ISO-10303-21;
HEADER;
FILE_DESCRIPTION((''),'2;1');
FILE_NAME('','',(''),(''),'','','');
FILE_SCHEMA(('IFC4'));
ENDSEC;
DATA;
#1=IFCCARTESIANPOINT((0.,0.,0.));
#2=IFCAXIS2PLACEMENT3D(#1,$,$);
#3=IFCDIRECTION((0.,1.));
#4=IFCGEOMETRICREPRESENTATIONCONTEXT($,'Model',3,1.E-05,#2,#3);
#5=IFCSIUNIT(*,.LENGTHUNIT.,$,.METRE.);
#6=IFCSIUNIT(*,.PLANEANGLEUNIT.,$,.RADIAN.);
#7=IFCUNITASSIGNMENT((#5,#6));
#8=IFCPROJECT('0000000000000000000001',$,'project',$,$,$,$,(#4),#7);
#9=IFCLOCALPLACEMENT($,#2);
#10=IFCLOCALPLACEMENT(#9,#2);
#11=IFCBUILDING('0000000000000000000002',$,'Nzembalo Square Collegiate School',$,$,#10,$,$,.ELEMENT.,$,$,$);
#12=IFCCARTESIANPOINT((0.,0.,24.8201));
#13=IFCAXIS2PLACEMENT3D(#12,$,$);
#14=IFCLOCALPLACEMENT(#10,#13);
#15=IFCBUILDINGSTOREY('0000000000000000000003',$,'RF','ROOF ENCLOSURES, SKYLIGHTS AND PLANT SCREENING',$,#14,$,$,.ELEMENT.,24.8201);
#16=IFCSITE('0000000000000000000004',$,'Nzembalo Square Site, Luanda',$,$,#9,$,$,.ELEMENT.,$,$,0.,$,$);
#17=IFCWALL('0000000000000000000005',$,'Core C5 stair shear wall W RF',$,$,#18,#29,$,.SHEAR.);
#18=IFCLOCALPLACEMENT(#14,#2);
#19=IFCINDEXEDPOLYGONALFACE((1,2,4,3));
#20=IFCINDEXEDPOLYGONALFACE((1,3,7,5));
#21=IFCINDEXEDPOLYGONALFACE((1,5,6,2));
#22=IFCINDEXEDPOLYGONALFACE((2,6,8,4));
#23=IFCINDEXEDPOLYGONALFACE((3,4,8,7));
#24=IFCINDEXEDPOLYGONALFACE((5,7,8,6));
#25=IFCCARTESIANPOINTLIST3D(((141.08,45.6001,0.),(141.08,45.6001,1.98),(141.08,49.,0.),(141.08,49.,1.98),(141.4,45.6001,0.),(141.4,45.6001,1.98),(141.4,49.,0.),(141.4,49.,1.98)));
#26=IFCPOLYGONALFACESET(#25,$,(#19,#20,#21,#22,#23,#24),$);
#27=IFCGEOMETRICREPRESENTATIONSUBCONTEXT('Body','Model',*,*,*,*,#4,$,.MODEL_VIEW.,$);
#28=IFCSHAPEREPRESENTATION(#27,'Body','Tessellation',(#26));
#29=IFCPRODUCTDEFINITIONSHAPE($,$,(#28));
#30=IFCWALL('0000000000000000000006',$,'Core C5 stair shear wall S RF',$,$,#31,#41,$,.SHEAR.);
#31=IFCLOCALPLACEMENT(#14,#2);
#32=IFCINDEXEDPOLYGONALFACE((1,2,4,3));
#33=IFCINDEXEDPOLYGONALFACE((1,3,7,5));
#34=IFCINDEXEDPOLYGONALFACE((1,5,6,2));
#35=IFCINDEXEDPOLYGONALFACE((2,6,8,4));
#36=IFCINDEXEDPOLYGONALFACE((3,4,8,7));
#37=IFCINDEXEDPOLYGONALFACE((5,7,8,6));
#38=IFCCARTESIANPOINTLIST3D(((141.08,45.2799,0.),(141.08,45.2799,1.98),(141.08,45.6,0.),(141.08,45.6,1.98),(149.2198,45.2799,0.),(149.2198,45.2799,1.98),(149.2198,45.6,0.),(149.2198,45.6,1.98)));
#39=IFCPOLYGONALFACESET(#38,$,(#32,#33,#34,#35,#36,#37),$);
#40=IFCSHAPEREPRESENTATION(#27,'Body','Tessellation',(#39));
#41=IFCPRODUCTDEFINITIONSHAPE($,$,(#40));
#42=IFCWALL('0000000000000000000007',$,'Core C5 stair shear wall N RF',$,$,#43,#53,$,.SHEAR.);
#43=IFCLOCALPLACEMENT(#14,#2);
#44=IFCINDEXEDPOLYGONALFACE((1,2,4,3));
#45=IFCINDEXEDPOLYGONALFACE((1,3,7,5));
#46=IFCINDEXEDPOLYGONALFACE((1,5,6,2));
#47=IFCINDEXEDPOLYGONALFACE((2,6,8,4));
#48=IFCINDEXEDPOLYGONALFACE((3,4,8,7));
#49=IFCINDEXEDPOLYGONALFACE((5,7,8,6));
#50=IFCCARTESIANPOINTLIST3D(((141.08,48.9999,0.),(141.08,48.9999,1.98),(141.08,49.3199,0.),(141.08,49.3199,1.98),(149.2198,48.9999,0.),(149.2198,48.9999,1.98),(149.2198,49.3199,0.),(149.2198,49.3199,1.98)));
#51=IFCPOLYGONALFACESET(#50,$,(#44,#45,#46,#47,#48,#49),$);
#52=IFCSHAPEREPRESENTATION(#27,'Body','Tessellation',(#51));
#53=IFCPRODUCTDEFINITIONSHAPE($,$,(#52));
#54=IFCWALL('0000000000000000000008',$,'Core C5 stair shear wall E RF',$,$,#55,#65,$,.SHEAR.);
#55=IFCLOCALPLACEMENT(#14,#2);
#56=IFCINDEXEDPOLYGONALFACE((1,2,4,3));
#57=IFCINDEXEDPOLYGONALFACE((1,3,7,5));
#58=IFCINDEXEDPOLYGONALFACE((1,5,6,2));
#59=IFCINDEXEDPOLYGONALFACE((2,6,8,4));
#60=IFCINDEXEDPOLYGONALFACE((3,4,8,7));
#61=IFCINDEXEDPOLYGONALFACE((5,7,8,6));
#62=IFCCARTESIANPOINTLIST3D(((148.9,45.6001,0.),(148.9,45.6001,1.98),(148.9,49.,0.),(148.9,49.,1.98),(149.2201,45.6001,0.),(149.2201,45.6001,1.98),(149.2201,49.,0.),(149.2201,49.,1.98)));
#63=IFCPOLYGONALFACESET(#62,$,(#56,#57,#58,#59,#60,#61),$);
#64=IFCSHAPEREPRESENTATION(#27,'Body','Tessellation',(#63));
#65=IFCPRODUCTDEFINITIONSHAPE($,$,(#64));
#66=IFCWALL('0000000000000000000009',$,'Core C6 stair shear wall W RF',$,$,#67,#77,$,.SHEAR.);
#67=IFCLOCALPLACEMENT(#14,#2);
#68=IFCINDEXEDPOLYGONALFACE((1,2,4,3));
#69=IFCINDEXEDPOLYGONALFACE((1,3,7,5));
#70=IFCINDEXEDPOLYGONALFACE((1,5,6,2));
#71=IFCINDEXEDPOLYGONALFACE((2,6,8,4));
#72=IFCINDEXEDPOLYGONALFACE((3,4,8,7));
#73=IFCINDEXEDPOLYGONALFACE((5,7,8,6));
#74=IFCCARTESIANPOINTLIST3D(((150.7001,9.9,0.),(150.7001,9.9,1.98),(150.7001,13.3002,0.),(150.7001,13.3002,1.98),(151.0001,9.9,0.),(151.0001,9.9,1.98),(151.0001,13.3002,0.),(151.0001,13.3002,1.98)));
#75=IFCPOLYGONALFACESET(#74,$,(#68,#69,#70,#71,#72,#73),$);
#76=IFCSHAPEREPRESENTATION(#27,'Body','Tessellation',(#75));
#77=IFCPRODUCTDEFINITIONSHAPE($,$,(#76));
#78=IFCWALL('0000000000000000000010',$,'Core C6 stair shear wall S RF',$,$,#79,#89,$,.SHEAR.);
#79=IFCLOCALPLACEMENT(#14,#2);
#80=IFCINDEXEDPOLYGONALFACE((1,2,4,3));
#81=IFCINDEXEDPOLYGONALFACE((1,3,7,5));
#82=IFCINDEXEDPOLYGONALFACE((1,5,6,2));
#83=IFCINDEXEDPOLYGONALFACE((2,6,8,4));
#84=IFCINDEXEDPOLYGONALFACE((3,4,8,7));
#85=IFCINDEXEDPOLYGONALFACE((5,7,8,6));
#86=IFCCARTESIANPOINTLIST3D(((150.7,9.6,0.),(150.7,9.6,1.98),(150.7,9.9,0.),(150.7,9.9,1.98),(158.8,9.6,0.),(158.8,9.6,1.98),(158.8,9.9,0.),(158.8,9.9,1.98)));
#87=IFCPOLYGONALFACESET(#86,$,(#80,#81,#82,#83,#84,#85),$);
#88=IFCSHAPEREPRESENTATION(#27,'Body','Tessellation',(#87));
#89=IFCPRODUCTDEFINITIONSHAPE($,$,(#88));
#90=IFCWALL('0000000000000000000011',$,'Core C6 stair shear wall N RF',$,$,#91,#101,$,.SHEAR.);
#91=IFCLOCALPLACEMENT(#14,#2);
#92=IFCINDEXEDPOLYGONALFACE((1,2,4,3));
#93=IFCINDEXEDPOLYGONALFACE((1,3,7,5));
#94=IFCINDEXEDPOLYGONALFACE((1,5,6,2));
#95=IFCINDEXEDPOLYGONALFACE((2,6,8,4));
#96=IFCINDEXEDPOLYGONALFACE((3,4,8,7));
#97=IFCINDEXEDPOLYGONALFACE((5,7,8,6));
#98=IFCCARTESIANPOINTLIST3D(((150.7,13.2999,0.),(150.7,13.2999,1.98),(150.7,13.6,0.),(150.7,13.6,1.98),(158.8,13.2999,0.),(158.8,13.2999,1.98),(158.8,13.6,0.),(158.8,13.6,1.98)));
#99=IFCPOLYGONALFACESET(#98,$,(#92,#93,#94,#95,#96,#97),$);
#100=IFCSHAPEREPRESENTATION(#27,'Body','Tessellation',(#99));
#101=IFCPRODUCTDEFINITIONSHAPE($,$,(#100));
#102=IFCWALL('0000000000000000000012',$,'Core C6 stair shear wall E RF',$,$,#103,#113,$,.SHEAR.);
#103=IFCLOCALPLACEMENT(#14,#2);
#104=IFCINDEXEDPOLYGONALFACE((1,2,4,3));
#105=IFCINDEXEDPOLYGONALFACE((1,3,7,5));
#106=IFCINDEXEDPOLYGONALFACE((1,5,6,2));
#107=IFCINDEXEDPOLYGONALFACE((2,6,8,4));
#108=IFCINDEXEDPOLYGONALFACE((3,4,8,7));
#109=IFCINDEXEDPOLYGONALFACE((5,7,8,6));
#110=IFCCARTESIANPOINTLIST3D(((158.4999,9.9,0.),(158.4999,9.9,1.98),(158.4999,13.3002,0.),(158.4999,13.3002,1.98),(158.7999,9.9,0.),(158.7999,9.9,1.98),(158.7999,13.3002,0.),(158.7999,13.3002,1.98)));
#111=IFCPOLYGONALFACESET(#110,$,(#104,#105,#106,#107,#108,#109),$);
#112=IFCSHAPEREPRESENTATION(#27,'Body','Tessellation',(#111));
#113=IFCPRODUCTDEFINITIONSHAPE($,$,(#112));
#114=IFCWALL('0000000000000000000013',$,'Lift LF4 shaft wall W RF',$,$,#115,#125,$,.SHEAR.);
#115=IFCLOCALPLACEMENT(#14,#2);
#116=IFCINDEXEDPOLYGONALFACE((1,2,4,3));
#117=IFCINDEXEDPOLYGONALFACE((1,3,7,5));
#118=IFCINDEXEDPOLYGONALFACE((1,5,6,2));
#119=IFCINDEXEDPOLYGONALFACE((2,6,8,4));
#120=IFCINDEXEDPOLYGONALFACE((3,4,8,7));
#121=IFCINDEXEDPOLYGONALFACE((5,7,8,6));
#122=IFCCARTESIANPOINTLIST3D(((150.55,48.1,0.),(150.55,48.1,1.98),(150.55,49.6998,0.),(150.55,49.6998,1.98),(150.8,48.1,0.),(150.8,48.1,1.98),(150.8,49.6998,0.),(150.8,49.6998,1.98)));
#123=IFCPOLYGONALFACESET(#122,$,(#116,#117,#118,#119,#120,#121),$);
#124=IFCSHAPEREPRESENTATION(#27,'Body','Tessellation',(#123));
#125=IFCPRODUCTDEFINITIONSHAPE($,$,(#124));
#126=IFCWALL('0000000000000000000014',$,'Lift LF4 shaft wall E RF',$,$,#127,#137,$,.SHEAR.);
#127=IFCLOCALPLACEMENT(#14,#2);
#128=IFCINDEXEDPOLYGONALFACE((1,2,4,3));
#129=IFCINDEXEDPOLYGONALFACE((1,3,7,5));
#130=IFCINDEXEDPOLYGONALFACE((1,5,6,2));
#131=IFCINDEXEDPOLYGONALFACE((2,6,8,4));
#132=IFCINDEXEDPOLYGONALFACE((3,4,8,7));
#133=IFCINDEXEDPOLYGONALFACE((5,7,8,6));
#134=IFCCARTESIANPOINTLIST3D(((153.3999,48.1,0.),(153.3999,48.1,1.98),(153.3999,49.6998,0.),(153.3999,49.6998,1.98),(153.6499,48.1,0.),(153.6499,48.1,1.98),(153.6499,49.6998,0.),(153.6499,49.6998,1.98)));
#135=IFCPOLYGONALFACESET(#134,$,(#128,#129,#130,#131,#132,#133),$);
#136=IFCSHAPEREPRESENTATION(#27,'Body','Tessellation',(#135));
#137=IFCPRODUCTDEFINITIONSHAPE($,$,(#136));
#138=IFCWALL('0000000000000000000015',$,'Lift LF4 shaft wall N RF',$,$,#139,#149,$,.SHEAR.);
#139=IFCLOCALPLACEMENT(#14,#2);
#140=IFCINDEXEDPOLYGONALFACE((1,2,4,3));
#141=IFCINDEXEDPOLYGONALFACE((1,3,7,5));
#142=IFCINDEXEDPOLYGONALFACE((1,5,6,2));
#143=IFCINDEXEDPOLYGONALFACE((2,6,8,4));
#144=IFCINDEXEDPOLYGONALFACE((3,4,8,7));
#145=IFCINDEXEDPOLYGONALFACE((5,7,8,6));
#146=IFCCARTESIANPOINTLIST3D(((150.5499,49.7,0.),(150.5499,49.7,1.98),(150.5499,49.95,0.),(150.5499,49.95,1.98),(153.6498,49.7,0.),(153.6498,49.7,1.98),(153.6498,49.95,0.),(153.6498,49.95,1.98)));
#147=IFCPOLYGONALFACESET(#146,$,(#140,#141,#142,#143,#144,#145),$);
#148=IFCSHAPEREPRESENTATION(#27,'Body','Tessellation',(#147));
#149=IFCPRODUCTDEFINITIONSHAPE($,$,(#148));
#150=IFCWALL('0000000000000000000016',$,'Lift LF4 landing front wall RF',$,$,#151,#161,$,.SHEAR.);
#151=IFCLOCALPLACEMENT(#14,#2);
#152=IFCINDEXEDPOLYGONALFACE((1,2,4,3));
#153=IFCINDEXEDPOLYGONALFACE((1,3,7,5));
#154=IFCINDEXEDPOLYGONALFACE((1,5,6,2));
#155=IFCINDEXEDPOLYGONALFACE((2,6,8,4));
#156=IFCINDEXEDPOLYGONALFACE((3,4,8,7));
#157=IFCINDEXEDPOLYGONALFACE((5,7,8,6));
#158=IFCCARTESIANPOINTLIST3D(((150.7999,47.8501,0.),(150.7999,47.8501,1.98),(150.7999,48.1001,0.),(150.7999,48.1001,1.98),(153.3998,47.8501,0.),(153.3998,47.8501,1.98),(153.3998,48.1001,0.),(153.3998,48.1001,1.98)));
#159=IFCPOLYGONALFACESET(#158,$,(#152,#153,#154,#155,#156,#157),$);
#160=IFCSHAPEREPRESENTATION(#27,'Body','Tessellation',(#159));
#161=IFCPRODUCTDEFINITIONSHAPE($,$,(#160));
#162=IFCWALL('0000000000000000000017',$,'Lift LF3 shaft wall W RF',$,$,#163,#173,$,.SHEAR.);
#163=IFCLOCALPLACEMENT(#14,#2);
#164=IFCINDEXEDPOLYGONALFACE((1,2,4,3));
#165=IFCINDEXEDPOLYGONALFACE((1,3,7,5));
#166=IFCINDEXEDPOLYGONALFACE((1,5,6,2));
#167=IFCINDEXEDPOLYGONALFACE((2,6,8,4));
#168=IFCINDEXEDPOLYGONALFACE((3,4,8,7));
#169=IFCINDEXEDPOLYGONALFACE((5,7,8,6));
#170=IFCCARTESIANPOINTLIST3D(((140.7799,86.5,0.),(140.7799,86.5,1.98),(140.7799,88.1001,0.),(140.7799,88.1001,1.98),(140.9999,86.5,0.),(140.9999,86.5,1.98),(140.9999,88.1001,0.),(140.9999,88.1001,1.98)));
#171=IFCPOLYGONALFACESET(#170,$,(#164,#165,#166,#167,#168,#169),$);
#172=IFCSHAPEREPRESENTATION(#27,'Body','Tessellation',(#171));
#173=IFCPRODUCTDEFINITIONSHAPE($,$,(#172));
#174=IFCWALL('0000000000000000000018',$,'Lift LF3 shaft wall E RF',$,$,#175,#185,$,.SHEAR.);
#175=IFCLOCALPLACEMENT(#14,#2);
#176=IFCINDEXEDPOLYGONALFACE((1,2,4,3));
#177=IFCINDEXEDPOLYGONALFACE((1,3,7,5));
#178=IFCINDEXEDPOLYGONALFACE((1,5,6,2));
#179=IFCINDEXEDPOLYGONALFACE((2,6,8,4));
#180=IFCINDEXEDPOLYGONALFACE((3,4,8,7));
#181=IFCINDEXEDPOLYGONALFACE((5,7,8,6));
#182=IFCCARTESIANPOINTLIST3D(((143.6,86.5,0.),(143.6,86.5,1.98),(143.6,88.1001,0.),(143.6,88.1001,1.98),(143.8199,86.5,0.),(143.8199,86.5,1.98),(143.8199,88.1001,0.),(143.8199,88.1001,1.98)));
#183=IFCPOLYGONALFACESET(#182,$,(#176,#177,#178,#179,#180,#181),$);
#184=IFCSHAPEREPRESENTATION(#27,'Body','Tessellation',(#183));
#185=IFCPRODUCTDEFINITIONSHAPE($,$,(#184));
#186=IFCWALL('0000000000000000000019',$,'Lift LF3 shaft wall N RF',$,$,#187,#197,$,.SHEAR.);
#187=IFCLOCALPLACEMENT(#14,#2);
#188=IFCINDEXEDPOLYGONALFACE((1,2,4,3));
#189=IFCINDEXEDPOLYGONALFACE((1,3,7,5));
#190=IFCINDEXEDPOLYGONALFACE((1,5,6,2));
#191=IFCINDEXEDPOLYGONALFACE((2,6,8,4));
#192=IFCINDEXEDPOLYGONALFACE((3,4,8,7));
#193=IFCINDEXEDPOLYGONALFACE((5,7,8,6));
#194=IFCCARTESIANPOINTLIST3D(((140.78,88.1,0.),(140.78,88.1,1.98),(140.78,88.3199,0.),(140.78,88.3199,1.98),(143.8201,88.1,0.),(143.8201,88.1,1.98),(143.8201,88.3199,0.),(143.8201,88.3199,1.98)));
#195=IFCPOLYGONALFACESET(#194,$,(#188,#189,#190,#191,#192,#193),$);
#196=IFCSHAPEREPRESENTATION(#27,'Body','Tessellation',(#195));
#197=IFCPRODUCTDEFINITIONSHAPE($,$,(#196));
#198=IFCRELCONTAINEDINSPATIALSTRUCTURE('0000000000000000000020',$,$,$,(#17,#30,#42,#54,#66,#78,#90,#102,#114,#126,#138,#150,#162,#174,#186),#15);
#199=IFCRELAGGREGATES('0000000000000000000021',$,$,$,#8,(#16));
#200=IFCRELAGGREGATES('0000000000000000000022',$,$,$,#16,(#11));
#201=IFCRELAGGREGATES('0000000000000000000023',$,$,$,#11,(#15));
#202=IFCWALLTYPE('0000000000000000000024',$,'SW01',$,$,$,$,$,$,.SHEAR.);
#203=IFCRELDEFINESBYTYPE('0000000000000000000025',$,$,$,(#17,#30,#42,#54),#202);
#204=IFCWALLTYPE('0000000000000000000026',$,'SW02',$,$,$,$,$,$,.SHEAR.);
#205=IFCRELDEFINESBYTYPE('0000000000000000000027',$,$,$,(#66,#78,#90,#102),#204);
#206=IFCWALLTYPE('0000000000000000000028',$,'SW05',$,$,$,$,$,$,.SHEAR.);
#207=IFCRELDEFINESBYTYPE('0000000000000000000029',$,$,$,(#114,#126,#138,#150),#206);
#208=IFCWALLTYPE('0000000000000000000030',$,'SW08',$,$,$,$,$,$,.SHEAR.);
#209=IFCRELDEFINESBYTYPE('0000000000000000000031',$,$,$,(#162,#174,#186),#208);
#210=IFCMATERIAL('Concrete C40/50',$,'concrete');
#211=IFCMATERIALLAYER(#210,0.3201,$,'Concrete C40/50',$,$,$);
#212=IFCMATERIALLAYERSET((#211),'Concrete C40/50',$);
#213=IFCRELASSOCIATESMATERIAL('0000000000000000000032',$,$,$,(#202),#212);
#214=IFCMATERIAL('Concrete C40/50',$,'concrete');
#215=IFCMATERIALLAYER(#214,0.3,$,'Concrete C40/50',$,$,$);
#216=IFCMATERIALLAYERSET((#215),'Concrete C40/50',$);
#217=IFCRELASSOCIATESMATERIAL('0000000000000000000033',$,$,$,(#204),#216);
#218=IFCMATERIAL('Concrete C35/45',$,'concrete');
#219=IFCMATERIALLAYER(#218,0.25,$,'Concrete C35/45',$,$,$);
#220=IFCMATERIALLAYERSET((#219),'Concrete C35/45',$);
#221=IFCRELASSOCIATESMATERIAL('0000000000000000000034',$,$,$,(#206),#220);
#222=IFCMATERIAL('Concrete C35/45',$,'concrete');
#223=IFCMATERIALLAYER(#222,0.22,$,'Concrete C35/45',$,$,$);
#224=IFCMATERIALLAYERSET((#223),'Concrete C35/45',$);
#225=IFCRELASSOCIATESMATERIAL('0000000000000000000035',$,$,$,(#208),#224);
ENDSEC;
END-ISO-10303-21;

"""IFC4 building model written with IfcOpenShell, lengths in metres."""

from ifc_helpers import new_model, si_unit, direction, frame, frame_2d, origin, place, context, subcontext, project, spatial, rectangle, extrude, material, layer, layer_set, type_object, element, save


model = new_model("IFC4")

# Units and contexts
model_context = context("Model", 3, precision=1e-05, world=origin(), true_north=direction((0.0, 1.0)))
body_context = subcontext(model_context, "Body", "Model", "MODEL_VIEW")
ifc_project = project(units=[si_unit("LENGTHUNIT", "METRE"), si_unit("PLANEANGLEUNIT", "RADIAN")], contexts=[model_context])

# Site, building, storey
site_placement = place(None, origin())
site = spatial("IfcSite", under=ifc_project, at=site_placement, Name="Nzembalo Square Site, Luanda", CompositionType="ELEMENT", RefElevation=0.0)
building_placement = place(site_placement, origin())
building = spatial("IfcBuilding", under=site, at=building_placement, Name="Nzembalo Square Collegiate School", CompositionType="ELEMENT")
storey_placement = place(building_placement, frame((0.0, 0.0, 24.8201)))
storey = spatial("IfcBuildingStorey", under=building, at=storey_placement, Name="RF", Description="ROOF ENCLOSURES, SKYLIGHTS AND PLANT SCREENING", CompositionType="ELEMENT", Elevation=24.8201)

# Walls
ifc_material_1 = material(Name="Concrete C40/50", Category="concrete")
ifc_layer_1 = layer(ifc_material_1, 0.3201, Name="Concrete C40/50")
ifc_layer_set_1 = layer_set([ifc_layer_1], Name="Concrete C40/50")
wall_type_1 = type_object("IfcWallType", Name="SW01", PredefinedType="SHEAR", material=ifc_layer_set_1)
wall_1_placement = place(storey_placement, frame((141.24, 45.6001, 0.0), z_axis=(0.0, 0.0, 1.0), x_axis=(0.0, 1.0, 0.0)))
element("IfcWall", 1, at=wall_1_placement, inside=storey, type_object=wall_type_1, Name="Core C5 stair shear wall W RF", PredefinedType="SHEAR", context=body_context, shape_type="SweptSolid", body=[
    extrude(rectangle(XDim=3.3999, YDim=0.3201, at=frame_2d((1.7, 0.0))), origin(), (0.0, 0.0, 1.0), 1.98),
])
for number, where, z_axis, x_axis, name in (
    (2, (141.0801, 45.4399, 0.0), (0.0, 0.0, 1.0), (1.0, 0.0, 0.0), "Core C5 stair shear wall S RF"),
    (3, (141.0801, 49.1599, 0.0), (0.0, 0.0, 1.0), (1.0, 0.0, 0.0), "Core C5 stair shear wall N RF"),
):
    element("IfcWall", number, at=place(storey_placement, frame(where, z_axis=z_axis, x_axis=x_axis)), inside=storey, type_object=wall_type_1, Name=name, PredefinedType="SHEAR", context=body_context, shape_type="SweptSolid", body=[
        extrude(rectangle(XDim=8.1399, YDim=0.3201, at=frame_2d((4.0698, 0.0))), origin(), (0.0, 0.0, 1.0), 1.98),
    ])
wall_2_placement = place(storey_placement, frame((149.0601, 45.6001, 0.0), z_axis=(0.0, 0.0, 1.0), x_axis=(0.0, 1.0, 0.0)))
element("IfcWall", 4, at=wall_2_placement, inside=storey, type_object=wall_type_1, Name="Core C5 stair shear wall E RF", PredefinedType="SHEAR", context=body_context, shape_type="SweptSolid", body=[
    extrude(rectangle(XDim=3.3999, YDim=0.3201, at=frame_2d((1.7, 0.0))), origin(), (0.0, 0.0, 1.0), 1.98),
])
ifc_material_2 = material(Name="Concrete C40/50", Category="concrete")
ifc_layer_2 = layer(ifc_material_2, 0.3, Name="Concrete C40/50")
ifc_layer_set_2 = layer_set([ifc_layer_2], Name="Concrete C40/50")
wall_type_2 = type_object("IfcWallType", Name="SW02", PredefinedType="SHEAR", material=ifc_layer_set_2)
wall_3_placement = place(storey_placement, frame((150.8501, 9.8999, 0.0), z_axis=(0.0, 0.0, 1.0), x_axis=(0.0, 1.0, 0.0)))
element("IfcWall", 5, at=wall_3_placement, inside=storey, type_object=wall_type_2, Name="Core C6 stair shear wall W RF", PredefinedType="SHEAR", context=body_context, shape_type="SweptSolid", body=[
    extrude(rectangle(XDim=3.4001, YDim=0.3, at=frame_2d((1.7002, 0.0))), origin(), (0.0, 0.0, 1.0), 1.98),
])
for number, where, z_axis, x_axis, name in (
    (6, (150.7, 9.75, 0.0), (0.0, 0.0, 1.0), (1.0, 0.0, 0.0), "Core C6 stair shear wall S RF"),
    (7, (150.7, 13.45, 0.0), (0.0, 0.0, 1.0), (1.0, 0.0, 0.0), "Core C6 stair shear wall N RF"),
):
    element("IfcWall", number, at=place(storey_placement, frame(where, z_axis=z_axis, x_axis=x_axis)), inside=storey, type_object=wall_type_2, Name=name, PredefinedType="SHEAR", context=body_context, shape_type="SweptSolid", body=[
        extrude(rectangle(XDim=8.1001, YDim=0.3, at=frame_2d((4.05, 0.0))), origin(), (0.0, 0.0, 1.0), 1.98),
    ])
wall_4_placement = place(storey_placement, frame((158.6499, 9.8999, 0.0), z_axis=(0.0, 0.0, 1.0), x_axis=(0.0, 1.0, 0.0)))
element("IfcWall", 8, at=wall_4_placement, inside=storey, type_object=wall_type_2, Name="Core C6 stair shear wall E RF", PredefinedType="SHEAR", context=body_context, shape_type="SweptSolid", body=[
    extrude(rectangle(XDim=3.4001, YDim=0.3, at=frame_2d((1.7002, 0.0))), origin(), (0.0, 0.0, 1.0), 1.98),
])
ifc_material_3 = material(Name="Concrete C35/45", Category="concrete")
ifc_layer_3 = layer(ifc_material_3, 0.25, Name="Concrete C35/45")
ifc_layer_set_3 = layer_set([ifc_layer_3], Name="Concrete C35/45")
wall_type_3 = type_object("IfcWallType", Name="SW05", PredefinedType="SHEAR", material=ifc_layer_set_3)
for number, where, z_axis, x_axis, name in (
    (9, (150.675, 48.1001, 0.0), (0.0, 0.0, 1.0), (0.0, 1.0, 0.0), "Lift LF4 shaft wall W RF"),
    (10, (153.5249, 48.1001, 0.0), (0.0, 0.0, 1.0), (0.0, 1.0, 0.0), "Lift LF4 shaft wall E RF"),
):
    element("IfcWall", number, at=place(storey_placement, frame(where, z_axis=z_axis, x_axis=x_axis)), inside=storey, type_object=wall_type_3, Name=name, PredefinedType="SHEAR", context=body_context, shape_type="SweptSolid", body=[
        extrude(rectangle(XDim=1.5999, YDim=0.25, at=frame_2d((0.7998, 0.0))), origin(), (0.0, 0.0, 1.0), 1.98),
    ])
wall_5_placement = place(storey_placement, frame((150.55, 49.825, 0.0), z_axis=(0.0, 0.0, 1.0), x_axis=(1.0, 0.0, 0.0)))
element("IfcWall", 11, at=wall_5_placement, inside=storey, type_object=wall_type_3, Name="Lift LF4 shaft wall N RF", PredefinedType="SHEAR", context=body_context, shape_type="SweptSolid", body=[
    extrude(rectangle(XDim=3.0999, YDim=0.25, at=frame_2d((1.5498, 0.0))), origin(), (0.0, 0.0, 1.0), 1.98),
])
wall_6_placement = place(storey_placement, frame((150.8, 47.9751, 0.0), z_axis=(0.0, 0.0, 1.0), x_axis=(1.0, 0.0, 0.0)))
element("IfcWall", 12, at=wall_6_placement, inside=storey, type_object=wall_type_3, Name="Lift LF4 landing front wall RF", PredefinedType="SHEAR", context=body_context, shape_type="SweptSolid", body=[
    extrude(rectangle(XDim=2.5999, YDim=0.25, at=frame_2d((1.2998, 0.0))), origin(), (0.0, 0.0, 1.0), 1.98),
])
ifc_material_4 = material(Name="Concrete C35/45", Category="concrete")
ifc_layer_4 = layer(ifc_material_4, 0.22, Name="Concrete C35/45")
ifc_layer_set_4 = layer_set([ifc_layer_4], Name="Concrete C35/45")
wall_type_4 = type_object("IfcWallType", Name="SW08", PredefinedType="SHEAR", material=ifc_layer_set_4)
for number, where, z_axis, x_axis, name in (
    (13, (140.8899, 86.5, 0.0), (0.0, 0.0, 1.0), (0.0, 1.0, 0.0), "Lift LF3 shaft wall W RF"),
    (14, (143.71, 86.5, 0.0), (0.0, 0.0, 1.0), (0.0, 1.0, 0.0), "Lift LF3 shaft wall E RF"),
):
    element("IfcWall", number, at=place(storey_placement, frame(where, z_axis=z_axis, x_axis=x_axis)), inside=storey, type_object=wall_type_4, Name=name, PredefinedType="SHEAR", context=body_context, shape_type="SweptSolid", body=[
        extrude(rectangle(XDim=1.6001, YDim=0.22, at=frame_2d((0.8, 0.0))), origin(), (0.0, 0.0, 1.0), 1.98),
    ])
wall_7_placement = place(storey_placement, frame((140.78, 88.21, 0.0), z_axis=(0.0, 0.0, 1.0), x_axis=(1.0, 0.0, 0.0)))
element("IfcWall", 15, at=wall_7_placement, inside=storey, type_object=wall_type_4, Name="Lift LF3 shaft wall N RF", PredefinedType="SHEAR", context=body_context, shape_type="SweptSolid", body=[
    extrude(rectangle(XDim=3.04, YDim=0.22, at=frame_2d((1.52, 0.0))), origin(), (0.0, 0.0, 1.0), 1.98),
])

save(model, "model.ifc")
